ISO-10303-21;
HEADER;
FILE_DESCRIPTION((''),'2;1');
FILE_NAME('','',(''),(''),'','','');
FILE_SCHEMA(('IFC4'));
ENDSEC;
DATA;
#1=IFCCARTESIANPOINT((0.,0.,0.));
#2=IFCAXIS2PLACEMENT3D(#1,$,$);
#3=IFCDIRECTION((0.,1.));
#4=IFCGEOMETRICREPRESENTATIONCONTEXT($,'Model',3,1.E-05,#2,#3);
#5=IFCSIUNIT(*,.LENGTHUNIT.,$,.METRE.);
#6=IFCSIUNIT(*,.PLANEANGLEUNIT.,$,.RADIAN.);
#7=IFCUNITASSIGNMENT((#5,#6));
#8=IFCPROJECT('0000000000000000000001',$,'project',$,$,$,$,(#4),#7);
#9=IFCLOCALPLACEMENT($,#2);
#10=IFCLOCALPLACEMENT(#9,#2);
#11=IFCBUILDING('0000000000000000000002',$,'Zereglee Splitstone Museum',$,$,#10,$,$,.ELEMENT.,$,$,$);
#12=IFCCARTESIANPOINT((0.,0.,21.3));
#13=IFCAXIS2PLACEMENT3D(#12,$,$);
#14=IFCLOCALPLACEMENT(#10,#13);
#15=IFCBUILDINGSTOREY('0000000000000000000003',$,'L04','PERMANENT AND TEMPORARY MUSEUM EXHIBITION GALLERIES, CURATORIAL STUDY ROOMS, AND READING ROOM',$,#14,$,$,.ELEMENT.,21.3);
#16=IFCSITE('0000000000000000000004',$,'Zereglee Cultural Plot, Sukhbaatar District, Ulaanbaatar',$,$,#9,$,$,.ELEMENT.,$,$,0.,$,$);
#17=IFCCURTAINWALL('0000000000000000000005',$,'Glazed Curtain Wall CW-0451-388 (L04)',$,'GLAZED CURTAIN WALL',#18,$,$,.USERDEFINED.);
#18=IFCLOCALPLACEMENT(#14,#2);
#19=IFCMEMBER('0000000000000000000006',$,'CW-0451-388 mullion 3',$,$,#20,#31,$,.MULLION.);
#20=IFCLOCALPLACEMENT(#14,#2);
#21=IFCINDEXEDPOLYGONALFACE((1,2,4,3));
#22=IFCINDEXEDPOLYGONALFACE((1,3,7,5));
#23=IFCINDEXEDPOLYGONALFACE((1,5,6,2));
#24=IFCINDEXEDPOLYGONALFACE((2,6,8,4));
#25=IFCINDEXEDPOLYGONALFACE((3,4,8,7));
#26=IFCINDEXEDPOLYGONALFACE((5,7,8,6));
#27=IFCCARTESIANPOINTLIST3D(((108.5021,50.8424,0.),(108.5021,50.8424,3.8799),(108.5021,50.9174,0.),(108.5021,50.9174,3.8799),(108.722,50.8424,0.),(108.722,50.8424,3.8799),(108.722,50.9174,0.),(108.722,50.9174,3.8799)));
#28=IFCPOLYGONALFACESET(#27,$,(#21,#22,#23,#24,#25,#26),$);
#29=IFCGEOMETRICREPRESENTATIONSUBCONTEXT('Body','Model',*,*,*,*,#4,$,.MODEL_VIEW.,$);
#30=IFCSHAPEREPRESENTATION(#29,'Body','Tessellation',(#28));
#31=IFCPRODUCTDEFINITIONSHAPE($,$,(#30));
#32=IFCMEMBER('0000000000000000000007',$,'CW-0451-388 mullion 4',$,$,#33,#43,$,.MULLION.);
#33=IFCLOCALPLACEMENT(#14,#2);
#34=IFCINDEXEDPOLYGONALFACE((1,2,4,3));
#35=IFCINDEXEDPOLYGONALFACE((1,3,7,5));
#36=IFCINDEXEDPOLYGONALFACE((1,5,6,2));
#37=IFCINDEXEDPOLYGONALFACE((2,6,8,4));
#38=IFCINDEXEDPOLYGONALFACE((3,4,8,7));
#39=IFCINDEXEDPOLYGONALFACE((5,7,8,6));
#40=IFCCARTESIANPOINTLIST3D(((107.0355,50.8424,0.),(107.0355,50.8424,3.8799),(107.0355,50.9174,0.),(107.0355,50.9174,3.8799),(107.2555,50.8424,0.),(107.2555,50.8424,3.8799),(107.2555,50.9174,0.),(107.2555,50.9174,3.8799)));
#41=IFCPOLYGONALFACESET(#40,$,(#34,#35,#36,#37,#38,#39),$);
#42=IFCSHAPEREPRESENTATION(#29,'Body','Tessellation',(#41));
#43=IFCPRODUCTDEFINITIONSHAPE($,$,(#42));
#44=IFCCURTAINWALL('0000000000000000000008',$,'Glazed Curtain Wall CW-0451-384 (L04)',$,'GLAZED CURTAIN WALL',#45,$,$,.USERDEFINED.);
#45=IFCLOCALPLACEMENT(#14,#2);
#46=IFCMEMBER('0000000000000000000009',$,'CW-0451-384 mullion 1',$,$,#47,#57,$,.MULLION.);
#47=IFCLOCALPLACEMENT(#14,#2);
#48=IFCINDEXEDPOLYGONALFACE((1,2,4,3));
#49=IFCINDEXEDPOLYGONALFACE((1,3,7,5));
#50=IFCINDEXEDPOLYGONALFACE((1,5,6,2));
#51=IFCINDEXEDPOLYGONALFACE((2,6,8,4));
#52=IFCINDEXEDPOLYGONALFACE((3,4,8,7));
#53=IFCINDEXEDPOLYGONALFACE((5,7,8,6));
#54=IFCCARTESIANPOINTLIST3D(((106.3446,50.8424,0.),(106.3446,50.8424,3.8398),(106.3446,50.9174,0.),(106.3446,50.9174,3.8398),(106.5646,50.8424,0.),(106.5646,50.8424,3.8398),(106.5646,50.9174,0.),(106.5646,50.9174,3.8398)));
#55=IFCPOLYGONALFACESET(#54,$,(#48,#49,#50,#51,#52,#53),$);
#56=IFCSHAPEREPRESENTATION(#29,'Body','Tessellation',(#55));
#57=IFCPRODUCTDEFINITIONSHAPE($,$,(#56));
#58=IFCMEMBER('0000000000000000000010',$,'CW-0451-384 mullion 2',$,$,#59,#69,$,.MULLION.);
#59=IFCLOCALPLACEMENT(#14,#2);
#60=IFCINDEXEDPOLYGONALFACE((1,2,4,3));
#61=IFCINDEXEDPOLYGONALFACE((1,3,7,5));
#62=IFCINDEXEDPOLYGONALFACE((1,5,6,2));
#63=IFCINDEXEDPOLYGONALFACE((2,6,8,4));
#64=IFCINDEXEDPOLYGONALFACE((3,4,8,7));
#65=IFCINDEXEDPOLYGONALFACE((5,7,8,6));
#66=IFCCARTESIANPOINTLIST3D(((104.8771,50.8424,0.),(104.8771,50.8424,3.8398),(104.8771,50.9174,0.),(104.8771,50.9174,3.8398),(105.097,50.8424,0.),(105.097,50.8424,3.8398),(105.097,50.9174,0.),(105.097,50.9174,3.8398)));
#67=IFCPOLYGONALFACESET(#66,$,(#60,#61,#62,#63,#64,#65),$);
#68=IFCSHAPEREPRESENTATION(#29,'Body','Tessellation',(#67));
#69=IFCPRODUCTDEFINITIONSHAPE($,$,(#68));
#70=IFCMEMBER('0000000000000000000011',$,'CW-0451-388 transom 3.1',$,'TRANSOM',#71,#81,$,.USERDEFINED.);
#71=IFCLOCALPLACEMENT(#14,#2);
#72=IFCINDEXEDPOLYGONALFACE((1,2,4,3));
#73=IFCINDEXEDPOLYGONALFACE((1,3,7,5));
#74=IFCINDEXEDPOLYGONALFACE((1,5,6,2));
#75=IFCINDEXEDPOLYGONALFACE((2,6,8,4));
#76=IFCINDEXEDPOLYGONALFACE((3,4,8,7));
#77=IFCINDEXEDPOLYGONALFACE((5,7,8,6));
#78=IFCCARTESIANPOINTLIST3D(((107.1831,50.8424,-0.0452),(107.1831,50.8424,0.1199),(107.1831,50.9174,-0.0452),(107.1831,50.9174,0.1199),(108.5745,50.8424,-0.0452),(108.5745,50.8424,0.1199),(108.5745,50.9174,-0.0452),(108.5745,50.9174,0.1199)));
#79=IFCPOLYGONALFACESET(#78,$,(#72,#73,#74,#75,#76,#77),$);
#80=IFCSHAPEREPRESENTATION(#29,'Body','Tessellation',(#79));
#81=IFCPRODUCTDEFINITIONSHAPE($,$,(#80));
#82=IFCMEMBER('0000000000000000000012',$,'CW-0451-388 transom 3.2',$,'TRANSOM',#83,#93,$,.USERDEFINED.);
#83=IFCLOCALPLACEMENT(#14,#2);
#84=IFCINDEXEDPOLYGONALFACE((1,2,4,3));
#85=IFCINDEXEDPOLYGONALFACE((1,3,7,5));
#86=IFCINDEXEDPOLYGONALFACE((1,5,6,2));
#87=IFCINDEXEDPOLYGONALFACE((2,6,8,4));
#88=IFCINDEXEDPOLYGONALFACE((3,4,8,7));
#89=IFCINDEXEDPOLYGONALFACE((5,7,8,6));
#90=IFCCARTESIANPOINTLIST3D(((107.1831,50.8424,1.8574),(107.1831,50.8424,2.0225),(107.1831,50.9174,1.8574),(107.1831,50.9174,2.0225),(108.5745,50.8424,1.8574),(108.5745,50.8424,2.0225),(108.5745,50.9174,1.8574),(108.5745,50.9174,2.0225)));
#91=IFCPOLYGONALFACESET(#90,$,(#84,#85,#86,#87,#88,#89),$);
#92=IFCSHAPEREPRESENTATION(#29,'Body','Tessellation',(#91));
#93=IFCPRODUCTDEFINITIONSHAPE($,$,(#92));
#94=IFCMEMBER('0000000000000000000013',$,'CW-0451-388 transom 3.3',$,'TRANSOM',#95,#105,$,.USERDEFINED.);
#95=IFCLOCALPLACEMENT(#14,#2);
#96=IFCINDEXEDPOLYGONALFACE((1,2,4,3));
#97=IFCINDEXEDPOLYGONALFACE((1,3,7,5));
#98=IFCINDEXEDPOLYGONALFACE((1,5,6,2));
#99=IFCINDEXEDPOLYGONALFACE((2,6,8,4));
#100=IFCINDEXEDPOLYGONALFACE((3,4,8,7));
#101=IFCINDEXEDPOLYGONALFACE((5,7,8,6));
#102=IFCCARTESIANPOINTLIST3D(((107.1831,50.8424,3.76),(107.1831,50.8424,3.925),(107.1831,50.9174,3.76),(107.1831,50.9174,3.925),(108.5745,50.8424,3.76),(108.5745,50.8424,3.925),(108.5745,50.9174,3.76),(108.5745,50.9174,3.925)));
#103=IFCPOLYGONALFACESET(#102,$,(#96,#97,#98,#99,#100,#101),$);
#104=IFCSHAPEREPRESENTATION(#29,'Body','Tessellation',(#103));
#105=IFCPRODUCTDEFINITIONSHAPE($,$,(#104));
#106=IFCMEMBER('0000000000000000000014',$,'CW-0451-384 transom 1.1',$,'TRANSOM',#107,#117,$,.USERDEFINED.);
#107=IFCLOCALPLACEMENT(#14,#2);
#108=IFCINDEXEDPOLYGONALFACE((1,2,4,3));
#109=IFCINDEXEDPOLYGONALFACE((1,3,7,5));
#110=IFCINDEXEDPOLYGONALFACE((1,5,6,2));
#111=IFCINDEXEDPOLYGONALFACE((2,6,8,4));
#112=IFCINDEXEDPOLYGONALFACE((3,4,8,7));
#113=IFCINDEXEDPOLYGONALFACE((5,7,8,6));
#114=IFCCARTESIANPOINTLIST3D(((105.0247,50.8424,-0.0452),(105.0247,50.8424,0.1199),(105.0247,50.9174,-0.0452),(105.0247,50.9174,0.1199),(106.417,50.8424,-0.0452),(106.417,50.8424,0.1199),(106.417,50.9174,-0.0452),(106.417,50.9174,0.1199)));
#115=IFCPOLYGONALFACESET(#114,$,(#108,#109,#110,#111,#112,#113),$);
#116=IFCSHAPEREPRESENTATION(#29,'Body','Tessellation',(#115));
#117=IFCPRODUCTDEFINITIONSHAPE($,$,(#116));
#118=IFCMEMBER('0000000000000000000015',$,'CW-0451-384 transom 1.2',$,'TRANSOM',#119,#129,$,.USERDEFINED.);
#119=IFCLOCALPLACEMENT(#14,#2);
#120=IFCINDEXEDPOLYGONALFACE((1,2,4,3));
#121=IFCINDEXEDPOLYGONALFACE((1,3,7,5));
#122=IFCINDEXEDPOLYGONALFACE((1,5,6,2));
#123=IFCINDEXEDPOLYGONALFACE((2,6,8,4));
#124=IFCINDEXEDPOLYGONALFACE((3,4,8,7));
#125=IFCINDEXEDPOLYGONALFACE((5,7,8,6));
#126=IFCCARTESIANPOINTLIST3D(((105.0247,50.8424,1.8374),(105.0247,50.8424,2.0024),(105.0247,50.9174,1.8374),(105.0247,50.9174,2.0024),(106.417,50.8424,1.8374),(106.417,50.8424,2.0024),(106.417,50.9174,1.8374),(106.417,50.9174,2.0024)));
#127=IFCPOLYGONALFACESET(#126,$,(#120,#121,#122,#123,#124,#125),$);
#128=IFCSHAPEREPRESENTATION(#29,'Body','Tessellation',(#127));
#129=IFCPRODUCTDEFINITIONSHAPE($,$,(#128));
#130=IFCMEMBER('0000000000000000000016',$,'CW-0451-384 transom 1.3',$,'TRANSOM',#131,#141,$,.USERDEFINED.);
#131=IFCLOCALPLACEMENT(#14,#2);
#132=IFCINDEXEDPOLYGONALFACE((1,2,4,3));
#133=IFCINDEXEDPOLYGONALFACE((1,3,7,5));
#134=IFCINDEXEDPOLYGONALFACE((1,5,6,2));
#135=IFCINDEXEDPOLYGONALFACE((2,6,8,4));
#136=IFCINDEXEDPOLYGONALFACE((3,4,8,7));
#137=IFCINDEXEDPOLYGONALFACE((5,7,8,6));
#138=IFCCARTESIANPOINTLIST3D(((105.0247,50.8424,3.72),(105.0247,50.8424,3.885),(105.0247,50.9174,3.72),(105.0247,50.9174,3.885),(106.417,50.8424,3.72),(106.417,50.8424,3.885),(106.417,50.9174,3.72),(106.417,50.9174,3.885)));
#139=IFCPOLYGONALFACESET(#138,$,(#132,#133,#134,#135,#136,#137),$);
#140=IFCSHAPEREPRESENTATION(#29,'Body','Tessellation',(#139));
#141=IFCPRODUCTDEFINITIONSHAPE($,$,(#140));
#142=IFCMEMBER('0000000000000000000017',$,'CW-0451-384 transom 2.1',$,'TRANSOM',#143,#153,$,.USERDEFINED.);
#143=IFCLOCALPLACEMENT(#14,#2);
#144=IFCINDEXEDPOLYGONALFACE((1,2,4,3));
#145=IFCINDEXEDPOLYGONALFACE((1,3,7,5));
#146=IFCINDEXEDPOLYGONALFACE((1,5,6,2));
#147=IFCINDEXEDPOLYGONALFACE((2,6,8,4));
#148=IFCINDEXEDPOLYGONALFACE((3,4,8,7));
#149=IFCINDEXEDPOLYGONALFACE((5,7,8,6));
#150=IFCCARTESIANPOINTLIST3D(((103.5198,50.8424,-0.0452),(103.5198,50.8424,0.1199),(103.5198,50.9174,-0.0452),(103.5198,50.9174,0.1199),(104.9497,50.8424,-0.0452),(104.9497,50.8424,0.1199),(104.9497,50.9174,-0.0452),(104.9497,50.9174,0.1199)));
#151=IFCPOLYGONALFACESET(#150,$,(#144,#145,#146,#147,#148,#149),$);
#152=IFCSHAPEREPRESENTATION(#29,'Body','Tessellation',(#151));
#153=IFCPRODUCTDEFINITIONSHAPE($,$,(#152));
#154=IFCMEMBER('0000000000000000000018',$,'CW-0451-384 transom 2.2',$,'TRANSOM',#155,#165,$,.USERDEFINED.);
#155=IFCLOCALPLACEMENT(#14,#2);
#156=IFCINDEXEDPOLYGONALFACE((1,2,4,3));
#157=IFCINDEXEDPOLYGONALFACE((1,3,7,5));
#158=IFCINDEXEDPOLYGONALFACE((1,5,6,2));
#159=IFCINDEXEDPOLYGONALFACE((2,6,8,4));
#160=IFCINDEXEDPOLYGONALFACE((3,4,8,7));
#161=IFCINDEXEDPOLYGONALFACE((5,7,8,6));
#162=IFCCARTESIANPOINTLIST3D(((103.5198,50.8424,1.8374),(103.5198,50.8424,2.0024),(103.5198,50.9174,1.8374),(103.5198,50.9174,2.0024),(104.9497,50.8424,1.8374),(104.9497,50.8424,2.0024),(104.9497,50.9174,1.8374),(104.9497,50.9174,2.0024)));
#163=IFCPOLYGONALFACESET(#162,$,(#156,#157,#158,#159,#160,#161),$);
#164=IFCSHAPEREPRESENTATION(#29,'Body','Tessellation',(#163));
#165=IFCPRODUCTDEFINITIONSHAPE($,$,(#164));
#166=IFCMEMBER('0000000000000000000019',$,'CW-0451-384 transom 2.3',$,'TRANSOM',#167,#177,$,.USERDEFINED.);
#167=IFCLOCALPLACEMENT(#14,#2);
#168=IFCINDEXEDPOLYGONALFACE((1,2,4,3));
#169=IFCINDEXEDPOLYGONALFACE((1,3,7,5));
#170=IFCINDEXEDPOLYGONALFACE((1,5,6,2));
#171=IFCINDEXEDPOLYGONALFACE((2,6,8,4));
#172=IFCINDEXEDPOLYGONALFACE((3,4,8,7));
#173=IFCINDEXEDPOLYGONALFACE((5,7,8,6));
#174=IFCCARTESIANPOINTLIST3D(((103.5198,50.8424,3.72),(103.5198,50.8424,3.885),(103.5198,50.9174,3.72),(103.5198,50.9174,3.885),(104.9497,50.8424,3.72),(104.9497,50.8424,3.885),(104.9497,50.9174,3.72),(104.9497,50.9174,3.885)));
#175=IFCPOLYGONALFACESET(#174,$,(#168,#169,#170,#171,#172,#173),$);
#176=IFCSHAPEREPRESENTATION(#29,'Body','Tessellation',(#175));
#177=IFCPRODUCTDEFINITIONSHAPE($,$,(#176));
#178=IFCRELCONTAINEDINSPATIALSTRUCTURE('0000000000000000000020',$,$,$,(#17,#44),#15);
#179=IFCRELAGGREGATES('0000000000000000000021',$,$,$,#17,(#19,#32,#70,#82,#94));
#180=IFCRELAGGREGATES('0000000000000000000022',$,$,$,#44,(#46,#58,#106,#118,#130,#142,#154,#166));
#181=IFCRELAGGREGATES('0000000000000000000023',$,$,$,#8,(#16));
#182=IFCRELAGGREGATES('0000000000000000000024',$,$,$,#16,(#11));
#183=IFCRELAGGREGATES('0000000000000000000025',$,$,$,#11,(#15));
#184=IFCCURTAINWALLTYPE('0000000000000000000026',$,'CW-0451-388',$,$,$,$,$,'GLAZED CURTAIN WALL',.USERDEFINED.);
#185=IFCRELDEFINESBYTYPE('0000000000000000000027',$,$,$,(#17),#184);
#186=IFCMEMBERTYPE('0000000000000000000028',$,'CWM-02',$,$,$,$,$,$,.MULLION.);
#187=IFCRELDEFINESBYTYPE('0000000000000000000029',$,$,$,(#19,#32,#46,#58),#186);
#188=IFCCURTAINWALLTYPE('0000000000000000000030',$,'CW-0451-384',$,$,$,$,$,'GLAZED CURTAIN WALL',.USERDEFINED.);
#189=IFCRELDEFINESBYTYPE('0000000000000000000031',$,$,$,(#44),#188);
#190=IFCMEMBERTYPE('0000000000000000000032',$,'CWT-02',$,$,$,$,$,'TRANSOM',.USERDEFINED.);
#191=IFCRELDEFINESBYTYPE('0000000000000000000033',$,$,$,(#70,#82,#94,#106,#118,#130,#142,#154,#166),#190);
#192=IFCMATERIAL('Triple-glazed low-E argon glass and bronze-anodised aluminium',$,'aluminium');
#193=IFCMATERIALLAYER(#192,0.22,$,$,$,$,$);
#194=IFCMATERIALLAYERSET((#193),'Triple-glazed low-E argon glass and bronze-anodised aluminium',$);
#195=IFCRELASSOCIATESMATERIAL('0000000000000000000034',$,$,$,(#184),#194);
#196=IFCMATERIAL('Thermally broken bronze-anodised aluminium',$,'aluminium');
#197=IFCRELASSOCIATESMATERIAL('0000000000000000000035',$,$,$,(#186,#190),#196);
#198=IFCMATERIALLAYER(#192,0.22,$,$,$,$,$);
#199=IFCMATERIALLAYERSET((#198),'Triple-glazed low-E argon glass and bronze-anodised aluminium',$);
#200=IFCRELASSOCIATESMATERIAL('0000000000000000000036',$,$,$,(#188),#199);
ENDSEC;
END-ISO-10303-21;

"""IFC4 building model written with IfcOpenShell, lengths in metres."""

from ifc_helpers import new_model, si_unit, direction, frame, origin, origin_2d, place, context, subcontext, project, spatial, rectangle, extrude, material, layer, layer_set, material_profile, profile_set, type_object, element, aggregate, save


model = new_model("IFC4")

# Units and contexts
model_context = context("Model", 3, precision=1e-05, world=origin(), true_north=direction((0.0, 1.0)))
body_context = subcontext(model_context, "Body", "Model", "MODEL_VIEW")
ifc_project = project(units=[si_unit("LENGTHUNIT", "METRE"), si_unit("PLANEANGLEUNIT", "RADIAN")], contexts=[model_context])

# Site, building, storey
site_placement = place(None, origin())
site = spatial("IfcSite", under=ifc_project, at=site_placement, Name="Zereglee Cultural Plot, Sukhbaatar District, Ulaanbaatar", CompositionType="ELEMENT", RefElevation=0.0)
building_placement = place(site_placement, origin())
building = spatial("IfcBuilding", under=site, at=building_placement, Name="Zereglee Splitstone Museum", CompositionType="ELEMENT")
storey_placement = place(building_placement, frame((0.0, 0.0, 21.3)))
storey = spatial("IfcBuildingStorey", under=building, at=storey_placement, Name="L04", Description="PERMANENT AND TEMPORARY MUSEUM EXHIBITION GALLERIES, CURATORIAL STUDY ROOMS, AND READING ROOM", CompositionType="ELEMENT", Elevation=21.3)

# Curtain walls, members
ifc_material_1 = material(Name="Triple-glazed low-E argon glass and bronze-anodised aluminium", Category="aluminium")
ifc_layer_1 = layer(ifc_material_1, 0.22)
ifc_layer_set_1 = layer_set([ifc_layer_1], Name="Triple-glazed low-E argon glass and bronze-anodised aluminium")
curtain_wall_type_1 = type_object("IfcCurtainWallType", Name="CW-0451-388", ElementType="GLAZED CURTAIN WALL", PredefinedType="USERDEFINED", material=ifc_layer_set_1)
curtain_wall_1_placement = place(storey_placement, origin())
curtain_wall_1 = element("IfcCurtainWall", 1, at=curtain_wall_1_placement, inside=storey, type_object=curtain_wall_type_1, Name="Glazed Curtain Wall CW-0451-388 (L04)", ObjectType="GLAZED CURTAIN WALL", PredefinedType="USERDEFINED")
ifc_material_2 = material(Name="Thermally broken bronze-anodised aluminium", Category="aluminium")
ifc_material_profile_1 = material_profile(ifc_material_2, rectangle(XDim=0.075, YDim=0.22, at=origin_2d()), Name="CW MULL 75x220")
ifc_profile_set_1 = profile_set([ifc_material_profile_1], Name="Thermally broken bronze-anodised aluminium")
member_type_1 = type_object("IfcMemberType", Name="CWM-02", PredefinedType="MULLION", material=ifc_profile_set_1)
member_1_placement = place(storey_placement, frame((108.6121, 50.8799, 0.0), z_axis=(0.0, 0.0, 1.0), x_axis=(0.0, -1.0, 0.0)))
member_1 = element("IfcMember", 2, at=member_1_placement, type_object=member_type_1, Name="CW-0451-388 mullion 3", PredefinedType="MULLION", context=body_context, shape_type="SweptSolid", body=[
    extrude(rectangle(XDim=0.075, YDim=0.22, at=origin_2d()), origin(), (0.0, 0.0, 1.0), 3.8799),
])
member_2_placement = place(storey_placement, frame((107.1455, 50.8799, 0.0), z_axis=(0.0, 0.0, 1.0), x_axis=(0.0, -1.0, 0.0)))
member_2 = element("IfcMember", 3, at=member_2_placement, type_object=member_type_1, Name="CW-0451-388 mullion 4", PredefinedType="MULLION", context=body_context, shape_type="SweptSolid", body=[
    extrude(rectangle(XDim=0.075, YDim=0.22, at=origin_2d()), origin(), (0.0, 0.0, 1.0), 3.8799),
])
ifc_layer_2 = layer(ifc_material_1, 0.22)
ifc_layer_set_2 = layer_set([ifc_layer_2], Name="Triple-glazed low-E argon glass and bronze-anodised aluminium")
curtain_wall_type_2 = type_object("IfcCurtainWallType", Name="CW-0451-384", ElementType="GLAZED CURTAIN WALL", PredefinedType="USERDEFINED", material=ifc_layer_set_2)
curtain_wall_2_placement = place(storey_placement, origin())
curtain_wall_2 = element("IfcCurtainWall", 4, at=curtain_wall_2_placement, inside=storey, type_object=curtain_wall_type_2, Name="Glazed Curtain Wall CW-0451-384 (L04)", ObjectType="GLAZED CURTAIN WALL", PredefinedType="USERDEFINED")
member_3_placement = place(storey_placement, frame((106.4546, 50.8799, 0.0), z_axis=(0.0, 0.0, 1.0), x_axis=(0.0, -1.0, 0.0)))
member_3 = element("IfcMember", 5, at=member_3_placement, type_object=member_type_1, Name="CW-0451-384 mullion 1", PredefinedType="MULLION", context=body_context, shape_type="SweptSolid", body=[
    extrude(rectangle(XDim=0.075, YDim=0.22, at=origin_2d()), origin(), (0.0, 0.0, 1.0), 3.8398),
])
member_4_placement = place(storey_placement, frame((104.9871, 50.8799, 0.0), z_axis=(0.0, 0.0, 1.0), x_axis=(0.0, -1.0, 0.0)))
member_4 = element("IfcMember", 6, at=member_4_placement, type_object=member_type_1, Name="CW-0451-384 mullion 2", PredefinedType="MULLION", context=body_context, shape_type="SweptSolid", body=[
    extrude(rectangle(XDim=0.075, YDim=0.22, at=origin_2d()), origin(), (0.0, 0.0, 1.0), 3.8398),
])

# Members
ifc_material_profile_2 = material_profile(ifc_material_2, rectangle(XDim=0.075, YDim=0.165, at=origin_2d()), Name="CW TRAN 75x165")
ifc_profile_set_2 = profile_set([ifc_material_profile_2], Name="Thermally broken bronze-anodised aluminium")
member_type_2 = type_object("IfcMemberType", Name="CWT-02", ElementType="TRANSOM", PredefinedType="USERDEFINED", material=ifc_profile_set_2)
member_5_placement = place(storey_placement, frame((108.5745, 50.8799, 0.0374), z_axis=(-1.0, 0.0, 0.0), x_axis=(0.0, -1.0, 0.0)))
member_5 = element("IfcMember", 7, at=member_5_placement, type_object=member_type_2, Name="CW-0451-388 transom 3.1", ObjectType="TRANSOM", PredefinedType="USERDEFINED", context=body_context, shape_type="SweptSolid", body=[
    extrude(rectangle(XDim=0.075, YDim=0.165, at=origin_2d()), origin(), (0.0, 0.0, 1.0), 1.3914),
])
member_6_placement = place(storey_placement, frame((108.5745, 50.8799, 1.9399), z_axis=(-1.0, 0.0, 0.0), x_axis=(0.0, -1.0, 0.0)))
member_6 = element("IfcMember", 8, at=member_6_placement, type_object=member_type_2, Name="CW-0451-388 transom 3.2", ObjectType="TRANSOM", PredefinedType="USERDEFINED", context=body_context, shape_type="SweptSolid", body=[
    extrude(rectangle(XDim=0.075, YDim=0.165, at=origin_2d()), origin(), (0.0, 0.0, 1.0), 1.3914),
])
member_7_placement = place(storey_placement, frame((108.5745, 50.8799, 3.8425), z_axis=(-1.0, 0.0, 0.0), x_axis=(0.0, -1.0, 0.0)))
member_7 = element("IfcMember", 9, at=member_7_placement, type_object=member_type_2, Name="CW-0451-388 transom 3.3", ObjectType="TRANSOM", PredefinedType="USERDEFINED", context=body_context, shape_type="SweptSolid", body=[
    extrude(rectangle(XDim=0.075, YDim=0.165, at=origin_2d()), origin(), (0.0, 0.0, 1.0), 1.3914),
])
member_8_placement = place(storey_placement, frame((106.417, 50.8799, 0.0374), z_axis=(-1.0, 0.0, 0.0), x_axis=(0.0, -1.0, 0.0)))
member_8 = element("IfcMember", 10, at=member_8_placement, type_object=member_type_2, Name="CW-0451-384 transom 1.1", ObjectType="TRANSOM", PredefinedType="USERDEFINED", context=body_context, shape_type="SweptSolid", body=[
    extrude(rectangle(XDim=0.075, YDim=0.165, at=origin_2d()), origin(), (0.0, 0.0, 1.0), 1.3923),
])
member_9_placement = place(storey_placement, frame((106.417, 50.8799, 1.9199), z_axis=(-1.0, 0.0, 0.0), x_axis=(0.0, -1.0, 0.0)))
member_9 = element("IfcMember", 11, at=member_9_placement, type_object=member_type_2, Name="CW-0451-384 transom 1.2", ObjectType="TRANSOM", PredefinedType="USERDEFINED", context=body_context, shape_type="SweptSolid", body=[
    extrude(rectangle(XDim=0.075, YDim=0.165, at=origin_2d()), origin(), (0.0, 0.0, 1.0), 1.3923),
])
member_10_placement = place(storey_placement, frame((106.417, 50.8799, 3.8025), z_axis=(-1.0, 0.0, 0.0), x_axis=(0.0, -1.0, 0.0)))
member_10 = element("IfcMember", 12, at=member_10_placement, type_object=member_type_2, Name="CW-0451-384 transom 1.3", ObjectType="TRANSOM", PredefinedType="USERDEFINED", context=body_context, shape_type="SweptSolid", body=[
    extrude(rectangle(XDim=0.075, YDim=0.165, at=origin_2d()), origin(), (0.0, 0.0, 1.0), 1.3923),
])
member_11_placement = place(storey_placement, frame((104.9497, 50.8799, 0.0374), z_axis=(-1.0, 0.0, 0.0), x_axis=(0.0, -1.0, 0.0)))
member_11 = element("IfcMember", 13, at=member_11_placement, type_object=member_type_2, Name="CW-0451-384 transom 2.1", ObjectType="TRANSOM", PredefinedType="USERDEFINED", context=body_context, shape_type="SweptSolid", body=[
    extrude(rectangle(XDim=0.075, YDim=0.165, at=origin_2d()), origin(), (0.0, 0.0, 1.0), 1.4299),
])
member_12_placement = place(storey_placement, frame((104.9497, 50.8799, 1.9199), z_axis=(-1.0, 0.0, 0.0), x_axis=(0.0, -1.0, 0.0)))
member_12 = element("IfcMember", 14, at=member_12_placement, type_object=member_type_2, Name="CW-0451-384 transom 2.2", ObjectType="TRANSOM", PredefinedType="USERDEFINED", context=body_context, shape_type="SweptSolid", body=[
    extrude(rectangle(XDim=0.075, YDim=0.165, at=origin_2d()), origin(), (0.0, 0.0, 1.0), 1.4299),
])
member_13_placement = place(storey_placement, frame((104.9497, 50.8799, 3.8025), z_axis=(-1.0, 0.0, 0.0), x_axis=(0.0, -1.0, 0.0)))
member_13 = element("IfcMember", 15, at=member_13_placement, type_object=member_type_2, Name="CW-0451-384 transom 2.3", ObjectType="TRANSOM", PredefinedType="USERDEFINED", context=body_context, shape_type="SweptSolid", body=[
    extrude(rectangle(XDim=0.075, YDim=0.165, at=origin_2d()), origin(), (0.0, 0.0, 1.0), 1.4299),
])

aggregate(curtain_wall_1, [member_1, member_2, member_5, member_6, member_7])
aggregate(curtain_wall_2, [member_3, member_4, member_8, member_9, member_10, member_11, member_12, member_13])

save(model, "model.ifc")
